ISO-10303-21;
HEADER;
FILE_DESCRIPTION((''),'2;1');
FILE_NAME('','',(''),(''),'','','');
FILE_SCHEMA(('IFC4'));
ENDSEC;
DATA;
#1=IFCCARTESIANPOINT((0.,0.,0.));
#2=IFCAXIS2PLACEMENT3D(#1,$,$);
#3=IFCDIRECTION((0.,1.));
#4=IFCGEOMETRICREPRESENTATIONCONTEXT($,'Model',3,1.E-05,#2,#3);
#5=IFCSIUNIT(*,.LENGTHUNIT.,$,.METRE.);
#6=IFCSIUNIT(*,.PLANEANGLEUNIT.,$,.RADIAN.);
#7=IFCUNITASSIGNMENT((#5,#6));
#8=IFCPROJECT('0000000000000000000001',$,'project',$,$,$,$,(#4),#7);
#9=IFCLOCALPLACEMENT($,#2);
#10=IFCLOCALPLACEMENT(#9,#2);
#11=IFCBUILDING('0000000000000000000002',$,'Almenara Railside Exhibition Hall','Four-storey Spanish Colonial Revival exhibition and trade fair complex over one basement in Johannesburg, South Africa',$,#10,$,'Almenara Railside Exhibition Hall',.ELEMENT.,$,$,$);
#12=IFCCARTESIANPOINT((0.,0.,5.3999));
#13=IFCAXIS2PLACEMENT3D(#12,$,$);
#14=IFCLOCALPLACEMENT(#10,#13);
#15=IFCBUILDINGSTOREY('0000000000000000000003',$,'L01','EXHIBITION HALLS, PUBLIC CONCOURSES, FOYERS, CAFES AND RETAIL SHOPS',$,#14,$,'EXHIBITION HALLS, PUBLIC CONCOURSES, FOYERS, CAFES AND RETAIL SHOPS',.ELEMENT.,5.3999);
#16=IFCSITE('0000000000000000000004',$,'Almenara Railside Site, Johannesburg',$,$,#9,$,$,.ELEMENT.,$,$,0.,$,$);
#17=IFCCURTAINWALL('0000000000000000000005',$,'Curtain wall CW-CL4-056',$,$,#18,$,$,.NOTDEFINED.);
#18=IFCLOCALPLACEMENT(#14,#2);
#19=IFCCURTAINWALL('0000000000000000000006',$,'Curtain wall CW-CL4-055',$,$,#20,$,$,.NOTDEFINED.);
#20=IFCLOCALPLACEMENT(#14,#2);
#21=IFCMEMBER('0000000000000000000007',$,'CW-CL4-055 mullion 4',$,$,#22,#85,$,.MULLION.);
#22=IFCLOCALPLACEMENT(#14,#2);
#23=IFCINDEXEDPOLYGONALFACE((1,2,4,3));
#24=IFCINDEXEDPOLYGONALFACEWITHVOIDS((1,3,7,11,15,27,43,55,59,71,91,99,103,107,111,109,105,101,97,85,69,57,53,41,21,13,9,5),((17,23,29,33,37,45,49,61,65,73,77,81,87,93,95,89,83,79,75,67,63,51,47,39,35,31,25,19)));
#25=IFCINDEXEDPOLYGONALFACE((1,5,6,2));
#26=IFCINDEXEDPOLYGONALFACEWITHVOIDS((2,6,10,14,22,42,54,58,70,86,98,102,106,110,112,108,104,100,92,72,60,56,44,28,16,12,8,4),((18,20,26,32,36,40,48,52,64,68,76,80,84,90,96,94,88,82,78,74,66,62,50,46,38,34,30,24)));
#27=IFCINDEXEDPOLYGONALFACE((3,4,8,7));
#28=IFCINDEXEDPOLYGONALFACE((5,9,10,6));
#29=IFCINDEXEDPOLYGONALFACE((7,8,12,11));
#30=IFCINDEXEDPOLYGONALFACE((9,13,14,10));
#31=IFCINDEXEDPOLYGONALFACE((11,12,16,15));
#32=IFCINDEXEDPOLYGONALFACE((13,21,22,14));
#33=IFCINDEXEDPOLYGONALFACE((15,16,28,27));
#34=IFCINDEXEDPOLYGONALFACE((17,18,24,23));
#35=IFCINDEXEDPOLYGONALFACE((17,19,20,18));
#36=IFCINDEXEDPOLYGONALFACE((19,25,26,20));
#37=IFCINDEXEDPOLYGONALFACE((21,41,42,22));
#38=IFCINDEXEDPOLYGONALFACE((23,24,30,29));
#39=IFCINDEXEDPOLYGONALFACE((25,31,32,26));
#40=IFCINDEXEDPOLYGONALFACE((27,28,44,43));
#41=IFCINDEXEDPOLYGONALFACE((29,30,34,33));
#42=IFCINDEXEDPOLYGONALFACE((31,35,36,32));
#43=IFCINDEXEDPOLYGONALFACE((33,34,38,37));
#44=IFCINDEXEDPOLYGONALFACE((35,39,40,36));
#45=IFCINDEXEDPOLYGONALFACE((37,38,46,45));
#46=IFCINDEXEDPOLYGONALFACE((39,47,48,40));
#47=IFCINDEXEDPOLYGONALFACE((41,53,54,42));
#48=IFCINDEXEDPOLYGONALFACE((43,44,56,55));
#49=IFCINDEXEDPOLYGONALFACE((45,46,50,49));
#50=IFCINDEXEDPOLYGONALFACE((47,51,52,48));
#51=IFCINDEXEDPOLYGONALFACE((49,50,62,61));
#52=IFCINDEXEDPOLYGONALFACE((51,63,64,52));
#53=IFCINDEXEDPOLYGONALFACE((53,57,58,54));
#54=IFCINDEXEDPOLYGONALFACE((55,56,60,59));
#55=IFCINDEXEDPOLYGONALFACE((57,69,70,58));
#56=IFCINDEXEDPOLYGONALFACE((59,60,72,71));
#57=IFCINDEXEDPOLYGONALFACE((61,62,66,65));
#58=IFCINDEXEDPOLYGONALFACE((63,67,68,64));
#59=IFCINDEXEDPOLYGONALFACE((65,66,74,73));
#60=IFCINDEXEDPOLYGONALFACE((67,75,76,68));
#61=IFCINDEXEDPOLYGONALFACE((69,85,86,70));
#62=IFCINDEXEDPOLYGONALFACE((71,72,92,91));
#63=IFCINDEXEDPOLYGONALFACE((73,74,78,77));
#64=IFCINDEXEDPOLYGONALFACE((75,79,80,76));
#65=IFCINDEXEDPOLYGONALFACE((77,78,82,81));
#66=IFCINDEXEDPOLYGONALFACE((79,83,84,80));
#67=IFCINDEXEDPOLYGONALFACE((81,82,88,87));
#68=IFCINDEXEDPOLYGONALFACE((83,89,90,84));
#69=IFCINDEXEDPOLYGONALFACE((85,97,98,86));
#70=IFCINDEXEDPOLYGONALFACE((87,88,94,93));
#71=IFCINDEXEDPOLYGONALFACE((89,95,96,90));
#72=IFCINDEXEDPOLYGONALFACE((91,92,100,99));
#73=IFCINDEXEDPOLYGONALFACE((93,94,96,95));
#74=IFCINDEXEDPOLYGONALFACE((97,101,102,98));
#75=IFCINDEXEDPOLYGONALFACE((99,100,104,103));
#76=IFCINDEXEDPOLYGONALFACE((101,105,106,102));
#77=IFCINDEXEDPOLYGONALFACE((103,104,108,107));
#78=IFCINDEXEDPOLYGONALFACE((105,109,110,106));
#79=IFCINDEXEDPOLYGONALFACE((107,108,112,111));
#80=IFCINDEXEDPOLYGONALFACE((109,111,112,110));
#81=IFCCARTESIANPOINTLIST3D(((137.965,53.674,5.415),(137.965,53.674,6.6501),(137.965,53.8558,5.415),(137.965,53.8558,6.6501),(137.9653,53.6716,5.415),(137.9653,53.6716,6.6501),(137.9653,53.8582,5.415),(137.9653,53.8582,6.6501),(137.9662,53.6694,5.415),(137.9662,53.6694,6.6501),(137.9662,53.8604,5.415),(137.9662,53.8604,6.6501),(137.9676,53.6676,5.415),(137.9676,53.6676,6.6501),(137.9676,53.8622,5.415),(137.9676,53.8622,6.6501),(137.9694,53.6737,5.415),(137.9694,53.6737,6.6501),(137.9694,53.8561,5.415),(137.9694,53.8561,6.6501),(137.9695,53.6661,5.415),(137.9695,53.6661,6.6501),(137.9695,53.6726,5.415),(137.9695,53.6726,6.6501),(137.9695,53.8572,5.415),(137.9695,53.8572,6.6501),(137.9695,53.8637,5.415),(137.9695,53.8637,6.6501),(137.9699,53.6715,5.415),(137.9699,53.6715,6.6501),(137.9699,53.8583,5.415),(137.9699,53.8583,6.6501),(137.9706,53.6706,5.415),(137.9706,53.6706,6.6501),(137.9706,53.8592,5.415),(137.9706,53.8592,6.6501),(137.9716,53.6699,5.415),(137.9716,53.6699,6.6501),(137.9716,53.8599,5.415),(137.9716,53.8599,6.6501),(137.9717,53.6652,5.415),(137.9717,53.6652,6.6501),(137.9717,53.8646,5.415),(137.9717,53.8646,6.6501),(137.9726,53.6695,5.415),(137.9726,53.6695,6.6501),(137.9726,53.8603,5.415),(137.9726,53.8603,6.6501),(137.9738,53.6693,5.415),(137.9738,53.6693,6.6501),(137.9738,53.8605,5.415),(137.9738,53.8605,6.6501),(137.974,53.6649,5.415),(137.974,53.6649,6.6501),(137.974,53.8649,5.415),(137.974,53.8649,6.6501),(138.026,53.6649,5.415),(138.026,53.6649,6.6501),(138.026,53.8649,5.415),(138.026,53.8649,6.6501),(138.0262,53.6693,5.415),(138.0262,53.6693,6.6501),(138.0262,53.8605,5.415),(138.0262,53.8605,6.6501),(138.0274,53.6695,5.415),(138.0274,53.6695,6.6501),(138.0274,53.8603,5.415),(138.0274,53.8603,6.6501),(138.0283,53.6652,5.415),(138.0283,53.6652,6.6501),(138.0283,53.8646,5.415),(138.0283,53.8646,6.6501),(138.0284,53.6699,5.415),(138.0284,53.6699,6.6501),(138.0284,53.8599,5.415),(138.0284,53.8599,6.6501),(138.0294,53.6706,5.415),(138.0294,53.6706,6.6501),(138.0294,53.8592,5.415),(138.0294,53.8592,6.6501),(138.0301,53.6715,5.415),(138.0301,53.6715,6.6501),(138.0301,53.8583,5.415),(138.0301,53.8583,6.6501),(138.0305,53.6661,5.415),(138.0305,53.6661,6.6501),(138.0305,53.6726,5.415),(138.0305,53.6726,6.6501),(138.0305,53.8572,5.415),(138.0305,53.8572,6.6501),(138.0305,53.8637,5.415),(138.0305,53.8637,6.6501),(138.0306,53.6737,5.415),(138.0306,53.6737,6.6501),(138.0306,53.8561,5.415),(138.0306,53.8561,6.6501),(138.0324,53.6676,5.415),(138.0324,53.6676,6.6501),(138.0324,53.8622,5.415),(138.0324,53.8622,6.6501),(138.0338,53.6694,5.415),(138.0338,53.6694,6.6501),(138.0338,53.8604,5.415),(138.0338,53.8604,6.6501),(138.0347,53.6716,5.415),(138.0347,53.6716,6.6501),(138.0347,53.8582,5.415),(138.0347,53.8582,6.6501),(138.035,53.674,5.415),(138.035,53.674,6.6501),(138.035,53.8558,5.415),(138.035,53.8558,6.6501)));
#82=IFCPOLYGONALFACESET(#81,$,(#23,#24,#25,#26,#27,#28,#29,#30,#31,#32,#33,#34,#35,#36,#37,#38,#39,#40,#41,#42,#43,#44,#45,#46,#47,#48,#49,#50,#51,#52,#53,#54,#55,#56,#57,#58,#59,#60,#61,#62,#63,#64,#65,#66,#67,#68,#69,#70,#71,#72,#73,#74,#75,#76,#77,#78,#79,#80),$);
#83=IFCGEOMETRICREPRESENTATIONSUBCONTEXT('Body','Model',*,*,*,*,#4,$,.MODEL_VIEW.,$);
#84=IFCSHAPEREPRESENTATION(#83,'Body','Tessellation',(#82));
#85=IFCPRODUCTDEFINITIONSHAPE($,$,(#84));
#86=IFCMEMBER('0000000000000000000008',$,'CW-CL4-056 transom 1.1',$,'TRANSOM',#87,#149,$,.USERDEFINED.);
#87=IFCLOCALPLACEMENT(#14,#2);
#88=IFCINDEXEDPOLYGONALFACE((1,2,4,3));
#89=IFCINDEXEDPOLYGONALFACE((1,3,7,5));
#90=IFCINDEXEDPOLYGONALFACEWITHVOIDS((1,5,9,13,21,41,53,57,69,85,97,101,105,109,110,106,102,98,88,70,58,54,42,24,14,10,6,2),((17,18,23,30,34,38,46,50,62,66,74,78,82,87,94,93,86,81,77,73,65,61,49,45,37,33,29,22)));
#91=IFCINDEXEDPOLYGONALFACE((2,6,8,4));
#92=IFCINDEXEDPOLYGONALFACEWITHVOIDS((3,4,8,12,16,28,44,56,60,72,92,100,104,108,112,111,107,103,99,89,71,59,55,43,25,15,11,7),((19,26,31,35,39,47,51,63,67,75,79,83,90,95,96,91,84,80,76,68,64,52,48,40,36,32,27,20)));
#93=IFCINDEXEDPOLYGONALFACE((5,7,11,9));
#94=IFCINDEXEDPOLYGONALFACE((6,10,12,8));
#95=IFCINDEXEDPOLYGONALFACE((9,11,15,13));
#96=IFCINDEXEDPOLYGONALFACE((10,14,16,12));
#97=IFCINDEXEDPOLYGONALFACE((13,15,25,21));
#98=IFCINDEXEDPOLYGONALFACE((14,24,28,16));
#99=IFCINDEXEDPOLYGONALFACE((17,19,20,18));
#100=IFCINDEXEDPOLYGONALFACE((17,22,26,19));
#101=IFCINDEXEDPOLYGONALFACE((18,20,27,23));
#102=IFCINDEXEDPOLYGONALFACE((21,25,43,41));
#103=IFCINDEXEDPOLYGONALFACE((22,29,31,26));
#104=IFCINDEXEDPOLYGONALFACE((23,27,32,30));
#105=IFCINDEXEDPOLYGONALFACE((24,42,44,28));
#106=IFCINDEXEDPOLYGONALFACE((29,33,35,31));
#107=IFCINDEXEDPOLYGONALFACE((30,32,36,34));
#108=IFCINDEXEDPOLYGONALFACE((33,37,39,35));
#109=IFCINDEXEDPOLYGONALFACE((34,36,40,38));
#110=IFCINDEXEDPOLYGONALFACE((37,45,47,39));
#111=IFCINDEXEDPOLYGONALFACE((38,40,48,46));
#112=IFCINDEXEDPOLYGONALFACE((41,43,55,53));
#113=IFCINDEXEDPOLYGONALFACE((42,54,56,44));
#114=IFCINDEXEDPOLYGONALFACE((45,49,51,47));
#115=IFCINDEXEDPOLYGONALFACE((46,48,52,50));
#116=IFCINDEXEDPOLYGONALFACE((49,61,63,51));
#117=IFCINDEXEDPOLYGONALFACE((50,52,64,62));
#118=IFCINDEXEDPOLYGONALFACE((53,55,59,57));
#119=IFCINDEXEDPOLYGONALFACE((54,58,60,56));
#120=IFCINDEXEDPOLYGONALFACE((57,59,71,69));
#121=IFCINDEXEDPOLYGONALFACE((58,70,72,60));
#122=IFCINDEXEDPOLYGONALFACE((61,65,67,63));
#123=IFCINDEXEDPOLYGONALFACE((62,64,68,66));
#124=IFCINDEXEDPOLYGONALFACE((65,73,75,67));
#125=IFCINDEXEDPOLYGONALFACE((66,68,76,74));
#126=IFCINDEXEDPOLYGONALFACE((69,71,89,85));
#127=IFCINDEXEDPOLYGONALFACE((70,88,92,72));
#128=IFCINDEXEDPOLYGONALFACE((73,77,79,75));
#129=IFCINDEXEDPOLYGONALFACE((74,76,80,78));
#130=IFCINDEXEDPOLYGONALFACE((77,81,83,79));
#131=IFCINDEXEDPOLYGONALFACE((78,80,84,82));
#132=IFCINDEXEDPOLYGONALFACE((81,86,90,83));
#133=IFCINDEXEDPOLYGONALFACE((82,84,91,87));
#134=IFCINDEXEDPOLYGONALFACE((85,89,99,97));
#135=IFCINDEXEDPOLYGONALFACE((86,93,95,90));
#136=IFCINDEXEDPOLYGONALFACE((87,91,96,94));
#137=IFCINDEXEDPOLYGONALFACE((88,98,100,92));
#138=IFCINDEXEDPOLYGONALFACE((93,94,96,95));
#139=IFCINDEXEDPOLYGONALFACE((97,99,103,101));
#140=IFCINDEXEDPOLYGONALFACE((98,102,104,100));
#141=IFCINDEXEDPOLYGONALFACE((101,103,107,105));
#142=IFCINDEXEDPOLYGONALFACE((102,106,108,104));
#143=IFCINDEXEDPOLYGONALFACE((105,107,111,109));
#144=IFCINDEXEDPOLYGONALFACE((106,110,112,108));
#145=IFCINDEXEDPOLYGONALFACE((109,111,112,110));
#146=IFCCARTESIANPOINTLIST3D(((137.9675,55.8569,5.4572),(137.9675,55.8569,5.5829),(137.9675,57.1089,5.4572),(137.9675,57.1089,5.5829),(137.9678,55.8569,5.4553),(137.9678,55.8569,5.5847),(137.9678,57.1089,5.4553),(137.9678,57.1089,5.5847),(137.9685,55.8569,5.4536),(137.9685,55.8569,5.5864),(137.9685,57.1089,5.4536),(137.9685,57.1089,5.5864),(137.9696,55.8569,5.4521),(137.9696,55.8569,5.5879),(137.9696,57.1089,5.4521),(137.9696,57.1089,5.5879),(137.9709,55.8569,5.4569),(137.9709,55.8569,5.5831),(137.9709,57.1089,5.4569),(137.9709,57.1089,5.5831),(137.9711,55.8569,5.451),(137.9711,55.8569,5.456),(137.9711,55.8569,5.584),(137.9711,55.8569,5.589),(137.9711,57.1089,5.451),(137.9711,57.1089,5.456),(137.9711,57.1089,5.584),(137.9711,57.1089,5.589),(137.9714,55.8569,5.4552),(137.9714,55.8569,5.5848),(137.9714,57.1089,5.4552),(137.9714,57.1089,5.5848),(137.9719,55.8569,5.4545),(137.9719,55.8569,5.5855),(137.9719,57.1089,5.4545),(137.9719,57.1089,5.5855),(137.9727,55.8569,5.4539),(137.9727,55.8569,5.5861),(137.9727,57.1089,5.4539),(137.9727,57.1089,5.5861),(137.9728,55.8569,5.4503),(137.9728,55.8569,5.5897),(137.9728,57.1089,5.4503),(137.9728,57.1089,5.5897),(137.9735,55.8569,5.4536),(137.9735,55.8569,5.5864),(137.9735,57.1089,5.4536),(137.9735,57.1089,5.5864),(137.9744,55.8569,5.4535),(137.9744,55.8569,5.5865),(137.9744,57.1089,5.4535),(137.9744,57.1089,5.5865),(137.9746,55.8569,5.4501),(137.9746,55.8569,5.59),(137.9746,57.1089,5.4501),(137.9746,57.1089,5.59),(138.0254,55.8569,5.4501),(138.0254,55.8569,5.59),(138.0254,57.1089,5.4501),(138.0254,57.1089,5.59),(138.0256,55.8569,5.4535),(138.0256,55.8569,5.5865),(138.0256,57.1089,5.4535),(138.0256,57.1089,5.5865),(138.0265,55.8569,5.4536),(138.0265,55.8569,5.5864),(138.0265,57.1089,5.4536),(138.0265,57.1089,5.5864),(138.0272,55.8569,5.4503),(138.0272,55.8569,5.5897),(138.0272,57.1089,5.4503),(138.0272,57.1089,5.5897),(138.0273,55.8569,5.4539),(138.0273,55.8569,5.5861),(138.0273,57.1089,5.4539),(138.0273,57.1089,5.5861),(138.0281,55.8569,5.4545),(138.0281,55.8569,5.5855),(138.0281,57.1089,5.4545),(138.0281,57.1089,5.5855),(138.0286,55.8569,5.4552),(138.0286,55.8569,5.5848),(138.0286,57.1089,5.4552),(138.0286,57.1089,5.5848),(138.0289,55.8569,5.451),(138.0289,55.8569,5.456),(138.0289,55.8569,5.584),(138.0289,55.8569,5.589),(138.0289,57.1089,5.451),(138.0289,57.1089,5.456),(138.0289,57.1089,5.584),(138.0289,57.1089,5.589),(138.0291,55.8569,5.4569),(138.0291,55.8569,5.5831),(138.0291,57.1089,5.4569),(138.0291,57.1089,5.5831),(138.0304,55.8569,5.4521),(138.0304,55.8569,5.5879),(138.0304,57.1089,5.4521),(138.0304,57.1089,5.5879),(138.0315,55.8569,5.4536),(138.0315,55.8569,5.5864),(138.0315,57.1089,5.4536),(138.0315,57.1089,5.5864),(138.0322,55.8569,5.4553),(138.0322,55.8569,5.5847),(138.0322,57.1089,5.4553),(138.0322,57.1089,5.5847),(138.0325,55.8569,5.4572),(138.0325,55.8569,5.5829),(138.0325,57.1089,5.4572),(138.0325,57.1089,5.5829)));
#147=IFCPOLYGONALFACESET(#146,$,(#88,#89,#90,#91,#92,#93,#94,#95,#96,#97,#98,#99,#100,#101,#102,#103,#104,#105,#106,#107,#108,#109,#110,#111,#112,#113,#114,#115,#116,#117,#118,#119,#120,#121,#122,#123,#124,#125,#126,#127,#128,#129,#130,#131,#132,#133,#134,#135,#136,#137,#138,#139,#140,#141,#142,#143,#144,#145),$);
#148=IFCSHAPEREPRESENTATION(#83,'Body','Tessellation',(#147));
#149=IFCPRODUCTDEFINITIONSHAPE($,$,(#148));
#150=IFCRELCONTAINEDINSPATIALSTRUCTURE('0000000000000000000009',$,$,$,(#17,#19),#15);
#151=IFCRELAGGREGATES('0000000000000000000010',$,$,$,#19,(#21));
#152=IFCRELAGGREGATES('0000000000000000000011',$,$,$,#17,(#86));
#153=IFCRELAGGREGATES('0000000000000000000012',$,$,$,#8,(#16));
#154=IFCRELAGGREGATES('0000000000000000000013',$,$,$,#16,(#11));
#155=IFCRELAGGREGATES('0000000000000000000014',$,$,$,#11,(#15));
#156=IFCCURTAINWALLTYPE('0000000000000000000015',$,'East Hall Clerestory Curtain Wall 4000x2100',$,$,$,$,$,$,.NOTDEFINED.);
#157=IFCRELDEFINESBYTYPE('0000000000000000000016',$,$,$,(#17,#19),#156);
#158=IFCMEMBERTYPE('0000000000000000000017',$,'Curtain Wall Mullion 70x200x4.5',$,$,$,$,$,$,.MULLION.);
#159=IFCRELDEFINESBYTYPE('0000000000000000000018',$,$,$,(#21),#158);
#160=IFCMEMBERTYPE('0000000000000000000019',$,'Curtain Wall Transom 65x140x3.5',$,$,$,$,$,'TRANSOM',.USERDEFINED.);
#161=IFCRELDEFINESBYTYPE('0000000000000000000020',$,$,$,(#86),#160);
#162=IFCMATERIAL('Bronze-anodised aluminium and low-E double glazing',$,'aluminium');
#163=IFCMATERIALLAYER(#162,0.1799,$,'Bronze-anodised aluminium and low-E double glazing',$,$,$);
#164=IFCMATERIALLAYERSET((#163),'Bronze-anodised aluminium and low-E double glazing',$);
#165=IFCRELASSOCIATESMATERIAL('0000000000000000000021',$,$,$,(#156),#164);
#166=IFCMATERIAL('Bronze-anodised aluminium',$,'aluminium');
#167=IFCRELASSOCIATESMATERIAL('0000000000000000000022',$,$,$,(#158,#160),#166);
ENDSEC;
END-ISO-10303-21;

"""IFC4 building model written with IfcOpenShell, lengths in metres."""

from ifc_helpers import new_model, si_unit, direction, frame, origin, origin_2d, place, context, subcontext, project, spatial, hollow_rectangle, extrude, material, layer, layer_set, material_profile, profile_set, type_object, element, aggregate, save


model = new_model("IFC4")

# Units and contexts
model_context = context("Model", 3, precision=1e-05, world=origin(), true_north=direction((0.0, 1.0)))
body_context = subcontext(model_context, "Body", "Model", "MODEL_VIEW")
ifc_project = project(units=[si_unit("LENGTHUNIT", "METRE"), si_unit("PLANEANGLEUNIT", "RADIAN")], contexts=[model_context])

# Site, building, storey
site_placement = place(None, origin())
site = spatial("IfcSite", under=ifc_project, at=site_placement, Name="Almenara Railside Site, Johannesburg", CompositionType="ELEMENT", RefElevation=0.0)
building_placement = place(site_placement, origin())
building = spatial("IfcBuilding", under=site, at=building_placement, Name="Almenara Railside Exhibition Hall", Description="Four-storey Spanish Colonial Revival exhibition and trade fair complex over one basement in Johannesburg, South Africa", LongName="Almenara Railside Exhibition Hall", CompositionType="ELEMENT")
storey_placement = place(building_placement, frame((0.0, 0.0, 5.3999)))
storey = spatial("IfcBuildingStorey", under=building, at=storey_placement, Name="L01", Description="EXHIBITION HALLS, PUBLIC CONCOURSES, FOYERS, CAFES AND RETAIL SHOPS", LongName="EXHIBITION HALLS, PUBLIC CONCOURSES, FOYERS, CAFES AND RETAIL SHOPS", CompositionType="ELEMENT", Elevation=5.3999)

# Curtain wall
ifc_material_1 = material(Name="Bronze-anodised aluminium and low-E double glazing", Category="aluminium")
ifc_layer_1 = layer(ifc_material_1, 0.1799, Name="Bronze-anodised aluminium and low-E double glazing")
ifc_layer_set_1 = layer_set([ifc_layer_1], Name="Bronze-anodised aluminium and low-E double glazing")
curtain_wall_type = type_object("IfcCurtainWallType", Name="East Hall Clerestory Curtain Wall 4000x2100", PredefinedType="NOTDEFINED", material=ifc_layer_set_1)
curtain_wall_1_placement = place(storey_placement, origin())
curtain_wall_1 = element("IfcCurtainWall", 1, at=curtain_wall_1_placement, inside=storey, type_object=curtain_wall_type, Name="Curtain wall CW-CL4-056", PredefinedType="NOTDEFINED")
ifc_material_2 = material(Name="Bronze-anodised aluminium", Category="aluminium")

# Curtain wall, member
curtain_wall_2_placement = place(storey_placement, origin())
curtain_wall_2 = element("IfcCurtainWall", 2, at=curtain_wall_2_placement, inside=storey, type_object=curtain_wall_type, Name="Curtain wall CW-CL4-055", PredefinedType="NOTDEFINED")
ifc_material_profile_1 = material_profile(ifc_material_2, hollow_rectangle(XDim=0.0701, YDim=0.2, WallThickness=0.0044, InnerFilletRadius=0.0044, OuterFilletRadius=0.009, at=origin_2d()), Name="ALU-MUL 70x200x4.5")
ifc_profile_set_1 = profile_set([ifc_material_profile_1], Name="Bronze-anodised aluminium")
member_type_1 = type_object("IfcMemberType", Name="Curtain Wall Mullion 70x200x4.5", PredefinedType="MULLION", material=ifc_profile_set_1)
member_1_placement = place(storey_placement, frame((138.0, 53.7649, 5.415), z_axis=(0.0, 0.0, 1.0), x_axis=(-1.0, 0.0, 0.0)))
member_1 = element("IfcMember", 3, at=member_1_placement, type_object=member_type_1, Name="CW-CL4-055 mullion 4", PredefinedType="MULLION", context=body_context, shape_type="SweptSolid", body=[
    extrude(hollow_rectangle(XDim=0.0701, YDim=0.2, WallThickness=0.0044, InnerFilletRadius=0.0044, OuterFilletRadius=0.009, at=origin_2d()), origin(), (0.0, 0.0, 1.0), 1.2351),
])
aggregate(curtain_wall_2, [member_1])

# Member
ifc_material_profile_2 = material_profile(ifc_material_2, hollow_rectangle(XDim=0.0649, YDim=0.1399, WallThickness=0.0034, InnerFilletRadius=0.0034, OuterFilletRadius=0.0071, at=origin_2d()), Name="ALU-TRN 65x140x3.5")
ifc_profile_set_2 = profile_set([ifc_material_profile_2], Name="Bronze-anodised aluminium")
member_type_2 = type_object("IfcMemberType", Name="Curtain Wall Transom 65x140x3.5", ElementType="TRANSOM", PredefinedType="USERDEFINED", material=ifc_profile_set_2)
member_2_placement = place(storey_placement, frame((138.0, 55.8569, 5.52), z_axis=(0.0, 1.0, 0.0), x_axis=(-1.0, 0.0, 0.0)))
member_2 = element("IfcMember", 4, at=member_2_placement, type_object=member_type_2, Name="CW-CL4-056 transom 1.1", ObjectType="TRANSOM", PredefinedType="USERDEFINED", context=body_context, shape_type="SweptSolid", body=[
    extrude(hollow_rectangle(XDim=0.0649, YDim=0.1399, WallThickness=0.0034, InnerFilletRadius=0.0034, OuterFilletRadius=0.0071, at=origin_2d()), origin(), (0.0, 0.0, 1.0), 1.252),
])

aggregate(curtain_wall_1, [member_2])

save(model, "model.ifc")
